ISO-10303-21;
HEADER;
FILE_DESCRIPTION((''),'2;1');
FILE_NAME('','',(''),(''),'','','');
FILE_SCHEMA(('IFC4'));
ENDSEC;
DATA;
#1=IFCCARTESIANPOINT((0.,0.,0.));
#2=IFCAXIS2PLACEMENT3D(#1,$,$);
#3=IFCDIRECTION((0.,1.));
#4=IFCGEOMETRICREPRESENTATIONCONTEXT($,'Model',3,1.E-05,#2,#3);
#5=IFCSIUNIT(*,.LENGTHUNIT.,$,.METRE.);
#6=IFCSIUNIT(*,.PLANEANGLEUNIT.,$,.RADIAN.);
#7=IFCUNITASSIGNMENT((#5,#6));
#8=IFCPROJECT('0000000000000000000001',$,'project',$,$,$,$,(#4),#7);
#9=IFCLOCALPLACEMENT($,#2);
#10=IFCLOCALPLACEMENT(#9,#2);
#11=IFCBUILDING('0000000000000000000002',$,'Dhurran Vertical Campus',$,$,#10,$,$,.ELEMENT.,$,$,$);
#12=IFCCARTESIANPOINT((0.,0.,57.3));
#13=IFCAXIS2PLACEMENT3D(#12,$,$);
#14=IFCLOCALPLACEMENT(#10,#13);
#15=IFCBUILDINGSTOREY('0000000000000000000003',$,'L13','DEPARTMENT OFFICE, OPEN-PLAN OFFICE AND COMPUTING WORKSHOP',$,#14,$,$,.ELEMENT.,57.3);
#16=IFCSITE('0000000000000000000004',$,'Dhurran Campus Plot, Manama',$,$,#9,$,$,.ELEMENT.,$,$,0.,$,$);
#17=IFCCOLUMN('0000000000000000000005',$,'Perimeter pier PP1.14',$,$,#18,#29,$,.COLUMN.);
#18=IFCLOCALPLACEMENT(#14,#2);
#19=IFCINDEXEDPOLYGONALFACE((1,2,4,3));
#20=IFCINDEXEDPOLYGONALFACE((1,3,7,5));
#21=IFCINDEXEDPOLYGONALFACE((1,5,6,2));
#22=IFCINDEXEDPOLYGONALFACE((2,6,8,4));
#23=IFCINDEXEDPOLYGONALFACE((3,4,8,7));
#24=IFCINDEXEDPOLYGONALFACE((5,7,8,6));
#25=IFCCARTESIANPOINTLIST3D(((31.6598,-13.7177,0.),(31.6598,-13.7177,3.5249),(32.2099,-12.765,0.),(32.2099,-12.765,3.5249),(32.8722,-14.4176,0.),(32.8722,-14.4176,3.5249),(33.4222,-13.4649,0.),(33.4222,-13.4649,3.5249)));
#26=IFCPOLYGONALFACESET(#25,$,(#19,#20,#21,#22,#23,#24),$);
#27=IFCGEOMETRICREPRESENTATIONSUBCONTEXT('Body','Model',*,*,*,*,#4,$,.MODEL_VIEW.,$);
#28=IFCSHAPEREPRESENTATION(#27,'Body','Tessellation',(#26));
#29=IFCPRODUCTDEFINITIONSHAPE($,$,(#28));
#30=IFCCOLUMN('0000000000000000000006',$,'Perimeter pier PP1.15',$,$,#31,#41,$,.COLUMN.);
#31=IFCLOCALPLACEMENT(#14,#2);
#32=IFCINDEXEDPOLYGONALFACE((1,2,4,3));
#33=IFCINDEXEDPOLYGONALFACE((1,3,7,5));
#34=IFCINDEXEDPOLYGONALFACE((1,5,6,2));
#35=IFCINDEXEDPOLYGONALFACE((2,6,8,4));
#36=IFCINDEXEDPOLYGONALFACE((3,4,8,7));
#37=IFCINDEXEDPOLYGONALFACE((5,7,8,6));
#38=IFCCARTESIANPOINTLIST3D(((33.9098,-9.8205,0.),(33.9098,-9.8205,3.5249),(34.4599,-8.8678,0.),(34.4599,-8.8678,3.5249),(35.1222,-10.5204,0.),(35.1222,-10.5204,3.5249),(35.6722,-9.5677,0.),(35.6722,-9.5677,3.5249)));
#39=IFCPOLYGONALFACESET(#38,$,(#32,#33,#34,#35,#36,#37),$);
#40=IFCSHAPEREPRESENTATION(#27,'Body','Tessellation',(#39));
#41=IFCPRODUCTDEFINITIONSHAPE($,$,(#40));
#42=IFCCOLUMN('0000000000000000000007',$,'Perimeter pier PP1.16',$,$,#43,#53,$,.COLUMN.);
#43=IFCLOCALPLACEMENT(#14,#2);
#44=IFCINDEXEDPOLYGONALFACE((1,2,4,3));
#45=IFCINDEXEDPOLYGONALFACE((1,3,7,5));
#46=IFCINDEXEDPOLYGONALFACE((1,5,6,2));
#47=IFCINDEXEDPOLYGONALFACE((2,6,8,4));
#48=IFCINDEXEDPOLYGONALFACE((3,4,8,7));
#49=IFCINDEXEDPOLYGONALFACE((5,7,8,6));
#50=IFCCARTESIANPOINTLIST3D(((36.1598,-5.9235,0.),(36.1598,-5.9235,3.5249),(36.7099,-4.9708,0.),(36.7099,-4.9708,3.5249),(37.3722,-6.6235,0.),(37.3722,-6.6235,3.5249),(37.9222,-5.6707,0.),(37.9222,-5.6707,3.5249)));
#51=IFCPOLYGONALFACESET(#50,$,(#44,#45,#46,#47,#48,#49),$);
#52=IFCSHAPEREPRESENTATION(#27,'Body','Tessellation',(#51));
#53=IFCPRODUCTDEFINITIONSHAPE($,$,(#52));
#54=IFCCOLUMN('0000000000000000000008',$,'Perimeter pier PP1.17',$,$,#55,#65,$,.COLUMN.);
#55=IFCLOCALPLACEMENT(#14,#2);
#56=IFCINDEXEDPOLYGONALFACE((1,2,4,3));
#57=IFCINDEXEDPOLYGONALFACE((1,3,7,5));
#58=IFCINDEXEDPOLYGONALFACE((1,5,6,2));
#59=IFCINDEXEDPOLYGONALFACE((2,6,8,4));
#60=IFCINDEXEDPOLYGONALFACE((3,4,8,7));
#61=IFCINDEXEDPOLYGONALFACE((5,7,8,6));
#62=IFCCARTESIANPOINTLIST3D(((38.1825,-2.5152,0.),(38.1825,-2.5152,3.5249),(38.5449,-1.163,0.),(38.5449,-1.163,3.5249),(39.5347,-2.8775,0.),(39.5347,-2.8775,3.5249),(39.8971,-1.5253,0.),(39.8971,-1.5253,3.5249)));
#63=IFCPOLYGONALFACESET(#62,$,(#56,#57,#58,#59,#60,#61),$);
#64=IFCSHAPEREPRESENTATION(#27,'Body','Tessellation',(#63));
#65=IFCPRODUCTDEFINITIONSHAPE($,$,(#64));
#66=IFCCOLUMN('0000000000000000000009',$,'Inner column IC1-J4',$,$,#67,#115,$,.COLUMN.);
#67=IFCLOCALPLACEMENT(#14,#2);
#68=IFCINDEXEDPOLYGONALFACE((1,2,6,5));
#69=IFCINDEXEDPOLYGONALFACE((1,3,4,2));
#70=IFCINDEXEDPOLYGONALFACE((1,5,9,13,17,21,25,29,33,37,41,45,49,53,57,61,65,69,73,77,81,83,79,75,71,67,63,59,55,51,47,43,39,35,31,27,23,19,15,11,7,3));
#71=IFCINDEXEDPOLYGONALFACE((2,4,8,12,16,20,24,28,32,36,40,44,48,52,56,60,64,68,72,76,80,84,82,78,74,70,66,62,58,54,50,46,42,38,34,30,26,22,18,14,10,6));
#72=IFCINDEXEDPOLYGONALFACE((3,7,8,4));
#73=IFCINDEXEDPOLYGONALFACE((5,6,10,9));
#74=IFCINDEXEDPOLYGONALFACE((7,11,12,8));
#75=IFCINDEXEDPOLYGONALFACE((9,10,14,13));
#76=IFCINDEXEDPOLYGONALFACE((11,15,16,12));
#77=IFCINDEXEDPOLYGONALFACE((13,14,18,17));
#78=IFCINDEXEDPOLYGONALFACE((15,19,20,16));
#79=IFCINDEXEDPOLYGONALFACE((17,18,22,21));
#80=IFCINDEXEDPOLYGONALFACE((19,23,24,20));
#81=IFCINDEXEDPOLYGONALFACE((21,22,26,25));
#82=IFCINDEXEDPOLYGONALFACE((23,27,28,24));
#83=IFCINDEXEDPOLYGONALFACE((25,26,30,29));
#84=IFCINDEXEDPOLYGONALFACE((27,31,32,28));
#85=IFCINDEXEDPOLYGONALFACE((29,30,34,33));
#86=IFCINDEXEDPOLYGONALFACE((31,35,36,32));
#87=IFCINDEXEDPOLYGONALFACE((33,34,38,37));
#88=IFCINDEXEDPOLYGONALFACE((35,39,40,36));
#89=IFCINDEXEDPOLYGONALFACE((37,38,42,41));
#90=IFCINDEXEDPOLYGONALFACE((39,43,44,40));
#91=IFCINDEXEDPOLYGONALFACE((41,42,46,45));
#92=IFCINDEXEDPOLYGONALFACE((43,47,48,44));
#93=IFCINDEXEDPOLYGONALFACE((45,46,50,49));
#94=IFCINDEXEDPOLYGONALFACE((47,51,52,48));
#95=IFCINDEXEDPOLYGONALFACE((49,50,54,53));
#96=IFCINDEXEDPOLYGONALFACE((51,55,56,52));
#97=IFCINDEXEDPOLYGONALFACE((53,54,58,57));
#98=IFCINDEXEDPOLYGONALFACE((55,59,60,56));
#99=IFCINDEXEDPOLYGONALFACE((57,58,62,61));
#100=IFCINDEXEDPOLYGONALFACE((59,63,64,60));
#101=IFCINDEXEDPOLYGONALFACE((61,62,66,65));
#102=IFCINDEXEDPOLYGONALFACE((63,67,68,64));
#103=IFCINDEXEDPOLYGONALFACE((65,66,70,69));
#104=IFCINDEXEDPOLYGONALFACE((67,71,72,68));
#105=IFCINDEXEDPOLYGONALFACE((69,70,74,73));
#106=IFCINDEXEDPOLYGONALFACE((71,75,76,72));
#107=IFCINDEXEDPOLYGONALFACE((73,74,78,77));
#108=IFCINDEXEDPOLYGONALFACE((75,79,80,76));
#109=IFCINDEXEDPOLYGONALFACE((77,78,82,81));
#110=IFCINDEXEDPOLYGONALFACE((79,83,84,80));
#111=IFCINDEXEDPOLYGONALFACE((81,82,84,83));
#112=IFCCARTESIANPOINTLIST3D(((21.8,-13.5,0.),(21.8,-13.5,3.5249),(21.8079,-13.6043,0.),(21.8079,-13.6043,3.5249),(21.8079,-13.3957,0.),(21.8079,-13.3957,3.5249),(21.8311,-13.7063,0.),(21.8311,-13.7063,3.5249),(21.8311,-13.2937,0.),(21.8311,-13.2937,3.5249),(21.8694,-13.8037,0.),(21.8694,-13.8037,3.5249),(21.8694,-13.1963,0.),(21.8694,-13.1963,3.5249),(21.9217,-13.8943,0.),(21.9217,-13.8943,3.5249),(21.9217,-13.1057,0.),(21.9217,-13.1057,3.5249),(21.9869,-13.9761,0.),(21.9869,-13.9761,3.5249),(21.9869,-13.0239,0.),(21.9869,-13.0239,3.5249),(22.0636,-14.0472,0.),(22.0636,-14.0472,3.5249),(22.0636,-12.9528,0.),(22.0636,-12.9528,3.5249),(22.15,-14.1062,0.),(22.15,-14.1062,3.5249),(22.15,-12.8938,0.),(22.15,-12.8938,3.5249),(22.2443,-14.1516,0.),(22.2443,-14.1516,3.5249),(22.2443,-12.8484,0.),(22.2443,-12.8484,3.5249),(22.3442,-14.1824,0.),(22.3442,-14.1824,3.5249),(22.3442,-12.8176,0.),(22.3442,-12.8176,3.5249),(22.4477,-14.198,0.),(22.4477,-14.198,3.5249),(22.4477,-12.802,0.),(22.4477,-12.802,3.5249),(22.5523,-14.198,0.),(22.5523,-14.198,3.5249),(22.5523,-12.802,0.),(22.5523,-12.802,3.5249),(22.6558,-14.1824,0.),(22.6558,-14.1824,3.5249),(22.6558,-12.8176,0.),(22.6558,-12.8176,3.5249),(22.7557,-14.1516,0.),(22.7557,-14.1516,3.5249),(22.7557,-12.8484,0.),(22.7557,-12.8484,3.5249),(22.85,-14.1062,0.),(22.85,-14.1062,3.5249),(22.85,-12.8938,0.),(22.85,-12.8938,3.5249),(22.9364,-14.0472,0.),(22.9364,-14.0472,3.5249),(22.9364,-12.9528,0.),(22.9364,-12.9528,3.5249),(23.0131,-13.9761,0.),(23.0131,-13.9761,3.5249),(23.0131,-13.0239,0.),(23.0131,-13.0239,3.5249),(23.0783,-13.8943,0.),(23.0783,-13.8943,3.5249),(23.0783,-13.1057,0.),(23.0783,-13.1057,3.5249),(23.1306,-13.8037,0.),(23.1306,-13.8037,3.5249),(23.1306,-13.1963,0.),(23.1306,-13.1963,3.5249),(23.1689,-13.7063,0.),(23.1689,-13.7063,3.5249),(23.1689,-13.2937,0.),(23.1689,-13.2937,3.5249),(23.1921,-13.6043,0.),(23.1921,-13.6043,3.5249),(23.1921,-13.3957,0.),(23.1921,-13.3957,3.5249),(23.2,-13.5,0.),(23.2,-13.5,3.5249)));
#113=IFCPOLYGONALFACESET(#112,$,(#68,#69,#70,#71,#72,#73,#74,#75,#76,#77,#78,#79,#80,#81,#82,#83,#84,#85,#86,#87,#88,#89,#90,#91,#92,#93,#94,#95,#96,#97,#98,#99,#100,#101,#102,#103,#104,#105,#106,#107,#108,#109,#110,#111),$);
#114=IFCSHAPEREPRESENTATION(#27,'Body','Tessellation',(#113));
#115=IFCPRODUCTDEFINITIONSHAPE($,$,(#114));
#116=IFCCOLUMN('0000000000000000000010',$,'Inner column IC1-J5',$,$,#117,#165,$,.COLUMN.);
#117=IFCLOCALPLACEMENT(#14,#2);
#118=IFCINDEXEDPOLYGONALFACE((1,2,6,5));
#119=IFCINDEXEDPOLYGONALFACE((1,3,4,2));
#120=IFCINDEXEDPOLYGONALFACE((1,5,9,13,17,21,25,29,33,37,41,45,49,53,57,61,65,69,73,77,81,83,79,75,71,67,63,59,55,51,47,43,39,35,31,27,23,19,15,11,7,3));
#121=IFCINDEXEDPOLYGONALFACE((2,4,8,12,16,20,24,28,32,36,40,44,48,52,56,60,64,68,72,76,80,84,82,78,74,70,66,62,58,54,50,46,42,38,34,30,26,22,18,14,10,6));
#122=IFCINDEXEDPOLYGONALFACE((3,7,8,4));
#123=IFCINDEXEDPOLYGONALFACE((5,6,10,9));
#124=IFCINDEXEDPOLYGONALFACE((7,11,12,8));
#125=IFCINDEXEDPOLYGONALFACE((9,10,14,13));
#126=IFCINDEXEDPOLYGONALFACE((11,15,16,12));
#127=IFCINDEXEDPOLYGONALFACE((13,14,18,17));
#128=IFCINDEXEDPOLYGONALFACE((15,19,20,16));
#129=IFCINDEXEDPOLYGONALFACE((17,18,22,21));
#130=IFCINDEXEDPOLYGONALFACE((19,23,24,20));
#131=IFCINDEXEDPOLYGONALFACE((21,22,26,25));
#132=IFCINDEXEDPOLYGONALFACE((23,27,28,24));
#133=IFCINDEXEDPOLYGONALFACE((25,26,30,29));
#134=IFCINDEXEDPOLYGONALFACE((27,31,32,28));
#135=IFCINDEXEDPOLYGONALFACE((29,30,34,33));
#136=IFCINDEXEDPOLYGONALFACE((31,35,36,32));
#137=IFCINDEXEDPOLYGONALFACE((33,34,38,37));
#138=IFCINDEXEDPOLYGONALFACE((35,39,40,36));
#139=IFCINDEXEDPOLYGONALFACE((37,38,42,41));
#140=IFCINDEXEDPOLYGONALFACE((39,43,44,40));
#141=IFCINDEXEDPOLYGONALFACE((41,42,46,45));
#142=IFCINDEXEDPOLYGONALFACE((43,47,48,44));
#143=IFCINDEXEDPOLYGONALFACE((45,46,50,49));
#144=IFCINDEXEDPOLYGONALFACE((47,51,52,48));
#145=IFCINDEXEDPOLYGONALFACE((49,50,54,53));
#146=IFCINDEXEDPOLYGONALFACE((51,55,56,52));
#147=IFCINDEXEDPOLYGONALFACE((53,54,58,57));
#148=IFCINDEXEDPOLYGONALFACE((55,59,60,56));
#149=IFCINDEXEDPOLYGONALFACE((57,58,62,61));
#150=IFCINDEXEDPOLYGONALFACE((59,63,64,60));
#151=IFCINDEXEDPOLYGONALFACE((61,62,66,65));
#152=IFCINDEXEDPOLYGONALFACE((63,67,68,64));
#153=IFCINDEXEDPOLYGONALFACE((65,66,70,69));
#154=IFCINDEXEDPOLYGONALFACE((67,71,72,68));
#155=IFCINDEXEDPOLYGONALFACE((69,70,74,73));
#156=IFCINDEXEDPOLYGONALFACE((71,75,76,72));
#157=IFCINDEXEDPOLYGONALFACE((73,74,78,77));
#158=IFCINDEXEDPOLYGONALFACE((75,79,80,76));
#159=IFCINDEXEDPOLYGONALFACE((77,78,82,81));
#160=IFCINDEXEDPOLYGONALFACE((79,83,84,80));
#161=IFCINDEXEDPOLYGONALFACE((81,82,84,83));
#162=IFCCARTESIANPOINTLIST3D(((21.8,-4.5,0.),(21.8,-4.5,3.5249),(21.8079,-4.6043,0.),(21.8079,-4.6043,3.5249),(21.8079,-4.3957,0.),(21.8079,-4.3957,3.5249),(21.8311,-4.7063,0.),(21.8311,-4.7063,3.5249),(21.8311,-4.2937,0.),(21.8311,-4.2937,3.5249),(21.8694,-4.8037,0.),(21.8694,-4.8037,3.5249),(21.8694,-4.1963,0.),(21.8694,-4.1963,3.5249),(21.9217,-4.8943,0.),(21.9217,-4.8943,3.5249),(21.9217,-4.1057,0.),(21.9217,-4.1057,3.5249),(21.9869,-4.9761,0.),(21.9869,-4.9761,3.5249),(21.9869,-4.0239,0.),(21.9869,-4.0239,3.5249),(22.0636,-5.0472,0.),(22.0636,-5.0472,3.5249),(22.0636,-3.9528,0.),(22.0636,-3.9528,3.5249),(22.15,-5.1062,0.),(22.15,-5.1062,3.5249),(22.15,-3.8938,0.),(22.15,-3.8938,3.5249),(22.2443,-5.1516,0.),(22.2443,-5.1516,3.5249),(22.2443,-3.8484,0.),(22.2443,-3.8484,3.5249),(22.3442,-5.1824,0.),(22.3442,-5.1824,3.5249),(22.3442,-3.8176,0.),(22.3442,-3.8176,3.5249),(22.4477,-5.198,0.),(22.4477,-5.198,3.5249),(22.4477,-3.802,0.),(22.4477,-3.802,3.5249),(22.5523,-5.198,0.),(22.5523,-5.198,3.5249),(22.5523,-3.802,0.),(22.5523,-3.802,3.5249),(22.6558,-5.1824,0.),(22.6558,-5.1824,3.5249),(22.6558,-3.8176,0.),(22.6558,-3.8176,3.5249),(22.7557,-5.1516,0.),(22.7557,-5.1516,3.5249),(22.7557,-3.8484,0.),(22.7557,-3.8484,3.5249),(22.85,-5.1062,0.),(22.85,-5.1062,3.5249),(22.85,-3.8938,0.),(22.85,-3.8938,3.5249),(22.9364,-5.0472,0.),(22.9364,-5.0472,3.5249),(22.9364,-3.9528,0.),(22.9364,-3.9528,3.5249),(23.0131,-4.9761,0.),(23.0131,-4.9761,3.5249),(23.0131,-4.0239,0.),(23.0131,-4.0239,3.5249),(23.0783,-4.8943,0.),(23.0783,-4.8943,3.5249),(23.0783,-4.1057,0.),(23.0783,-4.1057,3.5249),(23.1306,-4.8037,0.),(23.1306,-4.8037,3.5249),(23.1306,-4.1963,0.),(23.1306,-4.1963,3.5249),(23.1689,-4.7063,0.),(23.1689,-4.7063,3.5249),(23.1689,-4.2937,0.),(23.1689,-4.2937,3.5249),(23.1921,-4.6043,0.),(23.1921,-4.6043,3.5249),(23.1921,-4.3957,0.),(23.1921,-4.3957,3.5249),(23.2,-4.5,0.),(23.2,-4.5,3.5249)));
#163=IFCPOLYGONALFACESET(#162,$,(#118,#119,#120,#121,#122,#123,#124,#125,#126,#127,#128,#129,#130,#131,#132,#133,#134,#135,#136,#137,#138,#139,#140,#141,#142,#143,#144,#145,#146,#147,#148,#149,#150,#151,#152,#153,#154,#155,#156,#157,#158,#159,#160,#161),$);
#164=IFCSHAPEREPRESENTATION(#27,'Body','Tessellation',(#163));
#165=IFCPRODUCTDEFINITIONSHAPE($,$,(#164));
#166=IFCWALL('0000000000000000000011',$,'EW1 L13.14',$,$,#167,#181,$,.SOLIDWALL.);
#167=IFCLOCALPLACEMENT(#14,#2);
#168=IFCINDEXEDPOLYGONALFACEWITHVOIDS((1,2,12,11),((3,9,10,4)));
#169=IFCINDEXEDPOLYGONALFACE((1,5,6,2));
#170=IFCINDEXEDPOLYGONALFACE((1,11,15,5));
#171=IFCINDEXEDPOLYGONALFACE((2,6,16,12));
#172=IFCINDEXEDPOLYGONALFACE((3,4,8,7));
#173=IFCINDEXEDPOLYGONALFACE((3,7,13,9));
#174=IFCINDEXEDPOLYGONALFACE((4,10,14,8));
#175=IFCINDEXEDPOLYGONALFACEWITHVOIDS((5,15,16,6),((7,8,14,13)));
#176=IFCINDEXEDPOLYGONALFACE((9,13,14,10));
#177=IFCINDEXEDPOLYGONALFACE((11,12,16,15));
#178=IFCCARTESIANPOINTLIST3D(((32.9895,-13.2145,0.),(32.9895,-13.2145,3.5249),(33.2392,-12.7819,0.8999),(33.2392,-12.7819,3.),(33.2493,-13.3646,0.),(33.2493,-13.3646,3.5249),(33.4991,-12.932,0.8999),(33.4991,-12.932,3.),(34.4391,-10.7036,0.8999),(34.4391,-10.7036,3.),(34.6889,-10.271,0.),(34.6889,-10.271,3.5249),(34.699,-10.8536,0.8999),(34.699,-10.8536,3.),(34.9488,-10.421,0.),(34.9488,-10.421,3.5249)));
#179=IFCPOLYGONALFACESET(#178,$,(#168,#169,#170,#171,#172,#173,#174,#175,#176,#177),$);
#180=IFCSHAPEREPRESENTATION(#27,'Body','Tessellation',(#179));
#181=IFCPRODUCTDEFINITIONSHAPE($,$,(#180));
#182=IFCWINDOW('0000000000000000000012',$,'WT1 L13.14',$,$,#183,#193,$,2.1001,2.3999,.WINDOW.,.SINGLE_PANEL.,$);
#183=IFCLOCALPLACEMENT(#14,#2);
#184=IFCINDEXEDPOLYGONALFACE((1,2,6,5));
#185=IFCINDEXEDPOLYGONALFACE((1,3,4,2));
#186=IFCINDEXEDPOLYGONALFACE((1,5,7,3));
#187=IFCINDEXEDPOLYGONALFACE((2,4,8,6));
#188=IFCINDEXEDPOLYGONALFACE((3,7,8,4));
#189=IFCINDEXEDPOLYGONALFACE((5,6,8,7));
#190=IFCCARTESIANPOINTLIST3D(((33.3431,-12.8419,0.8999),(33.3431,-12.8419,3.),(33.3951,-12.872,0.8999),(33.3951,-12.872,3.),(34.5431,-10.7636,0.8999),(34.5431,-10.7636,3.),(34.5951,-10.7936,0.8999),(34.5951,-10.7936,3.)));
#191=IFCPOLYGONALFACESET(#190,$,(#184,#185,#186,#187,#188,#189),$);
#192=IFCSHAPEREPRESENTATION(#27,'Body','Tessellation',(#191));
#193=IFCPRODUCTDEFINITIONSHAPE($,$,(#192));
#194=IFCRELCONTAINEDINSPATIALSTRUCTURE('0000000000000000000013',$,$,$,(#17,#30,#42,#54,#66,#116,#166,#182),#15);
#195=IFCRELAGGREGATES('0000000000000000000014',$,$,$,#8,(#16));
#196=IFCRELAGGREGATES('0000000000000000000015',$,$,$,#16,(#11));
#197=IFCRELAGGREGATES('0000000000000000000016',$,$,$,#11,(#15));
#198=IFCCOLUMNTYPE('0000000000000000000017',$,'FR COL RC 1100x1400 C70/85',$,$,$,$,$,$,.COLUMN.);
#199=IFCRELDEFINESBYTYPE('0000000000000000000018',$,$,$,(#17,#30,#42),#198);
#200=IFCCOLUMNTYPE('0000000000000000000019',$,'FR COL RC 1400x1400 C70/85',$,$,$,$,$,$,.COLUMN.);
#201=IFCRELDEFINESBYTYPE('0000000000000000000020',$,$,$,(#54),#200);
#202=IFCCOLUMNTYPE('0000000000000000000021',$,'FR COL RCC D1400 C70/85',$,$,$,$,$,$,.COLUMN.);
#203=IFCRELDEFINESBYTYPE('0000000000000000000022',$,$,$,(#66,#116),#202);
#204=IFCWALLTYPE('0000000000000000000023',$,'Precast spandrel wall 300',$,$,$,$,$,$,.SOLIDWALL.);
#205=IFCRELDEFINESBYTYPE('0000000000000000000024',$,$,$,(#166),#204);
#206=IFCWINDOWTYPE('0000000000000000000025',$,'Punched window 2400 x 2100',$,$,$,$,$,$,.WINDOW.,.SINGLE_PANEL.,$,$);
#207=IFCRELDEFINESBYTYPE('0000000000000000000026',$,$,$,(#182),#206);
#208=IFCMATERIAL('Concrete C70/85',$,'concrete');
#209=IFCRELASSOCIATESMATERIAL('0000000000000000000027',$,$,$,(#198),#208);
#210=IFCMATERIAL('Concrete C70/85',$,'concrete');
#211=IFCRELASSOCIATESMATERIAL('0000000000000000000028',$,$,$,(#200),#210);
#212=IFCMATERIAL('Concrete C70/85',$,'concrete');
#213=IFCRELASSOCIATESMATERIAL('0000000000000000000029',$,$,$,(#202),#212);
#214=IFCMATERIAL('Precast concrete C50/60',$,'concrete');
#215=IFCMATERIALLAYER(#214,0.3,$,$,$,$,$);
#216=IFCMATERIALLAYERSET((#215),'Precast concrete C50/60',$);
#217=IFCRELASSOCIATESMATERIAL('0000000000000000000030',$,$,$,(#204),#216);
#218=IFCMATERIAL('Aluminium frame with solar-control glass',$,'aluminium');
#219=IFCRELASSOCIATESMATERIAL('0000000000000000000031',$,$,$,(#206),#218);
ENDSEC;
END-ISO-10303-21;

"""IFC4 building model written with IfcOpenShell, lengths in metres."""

from ifc_helpers import new_model, si_unit, direction, frame, frame_2d, origin, origin_2d, place, context, subcontext, project, spatial, rectangle, circle, extrude, material, layer, layer_set, material_profile, profile_set, type_object, element, fill, save


model = new_model("IFC4")

# Units and contexts
model_context = context("Model", 3, precision=1e-05, world=origin(), true_north=direction((0.0, 1.0)))
body_context = subcontext(model_context, "Body", "Model", "MODEL_VIEW")
ifc_project = project(units=[si_unit("LENGTHUNIT", "METRE"), si_unit("PLANEANGLEUNIT", "RADIAN")], contexts=[model_context])

# Site, building, storey
site_placement = place(None, origin())
site = spatial("IfcSite", under=ifc_project, at=site_placement, Name="Dhurran Campus Plot, Manama", CompositionType="ELEMENT", RefElevation=0.0)
building_placement = place(site_placement, origin())
building = spatial("IfcBuilding", under=site, at=building_placement, Name="Dhurran Vertical Campus", CompositionType="ELEMENT")
storey_placement = place(building_placement, frame((0.0, 0.0, 57.3)))
storey = spatial("IfcBuildingStorey", under=building, at=storey_placement, Name="L13", Description="DEPARTMENT OFFICE, OPEN-PLAN OFFICE AND COMPUTING WORKSHOP", CompositionType="ELEMENT", Elevation=57.3)

# Columns
ifc_material_1 = material(Name="Concrete C70/85", Category="concrete")
ifc_material_profile_1 = material_profile(ifc_material_1, rectangle(XDim=1.1001, YDim=1.3999, at=origin_2d()), Name="RC 1100x1400")
ifc_profile_set_1 = profile_set([ifc_material_profile_1], Name="Concrete C70/85")
column_type_1 = type_object("IfcColumnType", Name="FR COL RC 1100x1400 C70/85", PredefinedType="COLUMN", material=ifc_profile_set_1)
for number, where, z_axis, x_axis, name in (
    (1, (32.541, -13.5913, 0.0), (0.0, 0.0, 1.0), (0.5, 0.866025, 0.0), "Perimeter pier PP1.14"),
    (2, (34.791, -9.6941, 0.0), (0.0, 0.0, 1.0), (0.5, 0.866025, 0.0), "Perimeter pier PP1.15"),
    (3, (37.041, -5.7971, 0.0), (0.0, 0.0, 1.0), (0.5, 0.866025, 0.0), "Perimeter pier PP1.16"),
):
    element("IfcColumn", number, at=place(storey_placement, frame(where, z_axis=z_axis, x_axis=x_axis)), inside=storey, type_object=column_type_1, Name=name, PredefinedType="COLUMN", context=body_context, shape_type="SweptSolid", body=[
        extrude(rectangle(XDim=1.1001, YDim=1.3999, at=origin_2d()), origin(), (0.0, 0.0, 1.0), 3.5249),
    ])
ifc_material_2 = material(Name="Concrete C70/85", Category="concrete")
ifc_material_profile_2 = material_profile(ifc_material_2, rectangle(XDim=1.3999, YDim=1.3999, at=origin_2d()), Name="RC 1400x1400")
ifc_profile_set_2 = profile_set([ifc_material_profile_2], Name="Concrete C70/85")
column_type_2 = type_object("IfcColumnType", Name="FR COL RC 1400x1400 C70/85", PredefinedType="COLUMN", material=ifc_profile_set_2)
column_placement = place(storey_placement, frame((39.0398, -2.0203, 0.0), z_axis=(0.0, 0.0, 1.0), x_axis=(0.258819, 0.965926, 0.0)))
element("IfcColumn", 4, at=column_placement, inside=storey, type_object=column_type_2, Name="Perimeter pier PP1.17", PredefinedType="COLUMN", context=body_context, shape_type="SweptSolid", body=[
    extrude(rectangle(XDim=1.3999, YDim=1.3999, at=origin_2d()), origin(), (0.0, 0.0, 1.0), 3.5249),
])
ifc_material_3 = material(Name="Concrete C70/85", Category="concrete")
ifc_material_profile_3 = material_profile(ifc_material_3, circle(Radius=0.7, at=origin_2d()), Name="RCC D1400")
ifc_profile_set_3 = profile_set([ifc_material_profile_3], Name="Concrete C70/85")
column_type_3 = type_object("IfcColumnType", Name="FR COL RCC D1400 C70/85", PredefinedType="COLUMN", material=ifc_profile_set_3)
for number, where, z_axis, x_axis, name in (
    (5, (22.5, -13.5, 0.0), (0.0, 0.0, 1.0), (1.0, 0.0, 0.0), "Inner column IC1-J4"),
    (6, (22.5, -4.5, 0.0), (0.0, 0.0, 1.0), (1.0, 0.0, 0.0), "Inner column IC1-J5"),
):
    element("IfcColumn", number, at=place(storey_placement, frame(where, z_axis=z_axis, x_axis=x_axis)), inside=storey, type_object=column_type_3, Name=name, PredefinedType="COLUMN", context=body_context, shape_type="SweptSolid", body=[
        extrude(circle(Radius=0.7, at=origin_2d()), origin(), (0.0, 0.0, 1.0), 3.5249),
    ])

# Wall, opening, window
ifc_material_4 = material(Name="Precast concrete C50/60", Category="concrete")
ifc_layer_1 = layer(ifc_material_4, 0.3)
ifc_layer_set_1 = layer_set([ifc_layer_1], Name="Precast concrete C50/60")
wall_type_1 = type_object("IfcWallType", Name="Precast spandrel wall 300", PredefinedType="SOLIDWALL", material=ifc_layer_set_1)
wall_1_placement = place(storey_placement, frame((33.1194, -13.2896, 0.0), z_axis=(0.0, 0.0, 1.0), x_axis=(0.499994, 0.866029, 0.0)))
wall_1 = element("IfcWall", 7, at=wall_1_placement, inside=storey, type_object=wall_type_1, Name="EW1 L13.14", PredefinedType="SOLIDWALL", context=body_context, shape_type="SweptSolid", body=[
    extrude(rectangle(XDim=3.3989, YDim=0.3, at=frame_2d((1.6995, 0.0))), origin(), (0.0, 0.0, 1.0), 3.5249),
])
opening_1_placement = place(wall_1_placement, frame((0.4995, 0.0, 0.8999)))
opening_1 = element("IfcOpeningElement", 8, at=opening_1_placement, cuts=wall_1, PredefinedType="OPENING", context=body_context, shape_type="SweptSolid", body=[
    extrude(rectangle(XDim=2.3999, YDim=2.1001, at=frame_2d((1.2, 1.05))), frame((0.0, 0.1599, 0.0), z_axis=(0.0, -1.0, 0.0), x_axis=(1.0, 0.0, 0.0)), (0.0, 0.0, 1.0), 0.3201),
])
ifc_material_5 = material(Name="Aluminium frame with solar-control glass", Category="aluminium")
window_type = type_object("IfcWindowType", Name="Punched window 2400 x 2100", PartitioningType="SINGLE_PANEL", PredefinedType="WINDOW", material=ifc_material_5)
window_1_placement = place(opening_1_placement, origin())
window_1 = element("IfcWindow", 9, at=window_1_placement, inside=storey, type_object=window_type, Name="WT1 L13.14", OverallHeight=2.1001, OverallWidth=2.3999, PartitioningType="SINGLE_PANEL", PredefinedType="WINDOW", context=body_context, shape_type="SweptSolid", body=[
    extrude(rectangle(XDim=2.3999, YDim=2.1001, at=frame_2d((1.2, 1.05))), frame((0.0, 0.03, 0.0), z_axis=(0.0, -1.0, 0.0), x_axis=(1.0, 0.0, 0.0)), (0.0, 0.0, 1.0), 0.0601),
])
fill(opening_1, window_1)

save(model, "model.ifc")
